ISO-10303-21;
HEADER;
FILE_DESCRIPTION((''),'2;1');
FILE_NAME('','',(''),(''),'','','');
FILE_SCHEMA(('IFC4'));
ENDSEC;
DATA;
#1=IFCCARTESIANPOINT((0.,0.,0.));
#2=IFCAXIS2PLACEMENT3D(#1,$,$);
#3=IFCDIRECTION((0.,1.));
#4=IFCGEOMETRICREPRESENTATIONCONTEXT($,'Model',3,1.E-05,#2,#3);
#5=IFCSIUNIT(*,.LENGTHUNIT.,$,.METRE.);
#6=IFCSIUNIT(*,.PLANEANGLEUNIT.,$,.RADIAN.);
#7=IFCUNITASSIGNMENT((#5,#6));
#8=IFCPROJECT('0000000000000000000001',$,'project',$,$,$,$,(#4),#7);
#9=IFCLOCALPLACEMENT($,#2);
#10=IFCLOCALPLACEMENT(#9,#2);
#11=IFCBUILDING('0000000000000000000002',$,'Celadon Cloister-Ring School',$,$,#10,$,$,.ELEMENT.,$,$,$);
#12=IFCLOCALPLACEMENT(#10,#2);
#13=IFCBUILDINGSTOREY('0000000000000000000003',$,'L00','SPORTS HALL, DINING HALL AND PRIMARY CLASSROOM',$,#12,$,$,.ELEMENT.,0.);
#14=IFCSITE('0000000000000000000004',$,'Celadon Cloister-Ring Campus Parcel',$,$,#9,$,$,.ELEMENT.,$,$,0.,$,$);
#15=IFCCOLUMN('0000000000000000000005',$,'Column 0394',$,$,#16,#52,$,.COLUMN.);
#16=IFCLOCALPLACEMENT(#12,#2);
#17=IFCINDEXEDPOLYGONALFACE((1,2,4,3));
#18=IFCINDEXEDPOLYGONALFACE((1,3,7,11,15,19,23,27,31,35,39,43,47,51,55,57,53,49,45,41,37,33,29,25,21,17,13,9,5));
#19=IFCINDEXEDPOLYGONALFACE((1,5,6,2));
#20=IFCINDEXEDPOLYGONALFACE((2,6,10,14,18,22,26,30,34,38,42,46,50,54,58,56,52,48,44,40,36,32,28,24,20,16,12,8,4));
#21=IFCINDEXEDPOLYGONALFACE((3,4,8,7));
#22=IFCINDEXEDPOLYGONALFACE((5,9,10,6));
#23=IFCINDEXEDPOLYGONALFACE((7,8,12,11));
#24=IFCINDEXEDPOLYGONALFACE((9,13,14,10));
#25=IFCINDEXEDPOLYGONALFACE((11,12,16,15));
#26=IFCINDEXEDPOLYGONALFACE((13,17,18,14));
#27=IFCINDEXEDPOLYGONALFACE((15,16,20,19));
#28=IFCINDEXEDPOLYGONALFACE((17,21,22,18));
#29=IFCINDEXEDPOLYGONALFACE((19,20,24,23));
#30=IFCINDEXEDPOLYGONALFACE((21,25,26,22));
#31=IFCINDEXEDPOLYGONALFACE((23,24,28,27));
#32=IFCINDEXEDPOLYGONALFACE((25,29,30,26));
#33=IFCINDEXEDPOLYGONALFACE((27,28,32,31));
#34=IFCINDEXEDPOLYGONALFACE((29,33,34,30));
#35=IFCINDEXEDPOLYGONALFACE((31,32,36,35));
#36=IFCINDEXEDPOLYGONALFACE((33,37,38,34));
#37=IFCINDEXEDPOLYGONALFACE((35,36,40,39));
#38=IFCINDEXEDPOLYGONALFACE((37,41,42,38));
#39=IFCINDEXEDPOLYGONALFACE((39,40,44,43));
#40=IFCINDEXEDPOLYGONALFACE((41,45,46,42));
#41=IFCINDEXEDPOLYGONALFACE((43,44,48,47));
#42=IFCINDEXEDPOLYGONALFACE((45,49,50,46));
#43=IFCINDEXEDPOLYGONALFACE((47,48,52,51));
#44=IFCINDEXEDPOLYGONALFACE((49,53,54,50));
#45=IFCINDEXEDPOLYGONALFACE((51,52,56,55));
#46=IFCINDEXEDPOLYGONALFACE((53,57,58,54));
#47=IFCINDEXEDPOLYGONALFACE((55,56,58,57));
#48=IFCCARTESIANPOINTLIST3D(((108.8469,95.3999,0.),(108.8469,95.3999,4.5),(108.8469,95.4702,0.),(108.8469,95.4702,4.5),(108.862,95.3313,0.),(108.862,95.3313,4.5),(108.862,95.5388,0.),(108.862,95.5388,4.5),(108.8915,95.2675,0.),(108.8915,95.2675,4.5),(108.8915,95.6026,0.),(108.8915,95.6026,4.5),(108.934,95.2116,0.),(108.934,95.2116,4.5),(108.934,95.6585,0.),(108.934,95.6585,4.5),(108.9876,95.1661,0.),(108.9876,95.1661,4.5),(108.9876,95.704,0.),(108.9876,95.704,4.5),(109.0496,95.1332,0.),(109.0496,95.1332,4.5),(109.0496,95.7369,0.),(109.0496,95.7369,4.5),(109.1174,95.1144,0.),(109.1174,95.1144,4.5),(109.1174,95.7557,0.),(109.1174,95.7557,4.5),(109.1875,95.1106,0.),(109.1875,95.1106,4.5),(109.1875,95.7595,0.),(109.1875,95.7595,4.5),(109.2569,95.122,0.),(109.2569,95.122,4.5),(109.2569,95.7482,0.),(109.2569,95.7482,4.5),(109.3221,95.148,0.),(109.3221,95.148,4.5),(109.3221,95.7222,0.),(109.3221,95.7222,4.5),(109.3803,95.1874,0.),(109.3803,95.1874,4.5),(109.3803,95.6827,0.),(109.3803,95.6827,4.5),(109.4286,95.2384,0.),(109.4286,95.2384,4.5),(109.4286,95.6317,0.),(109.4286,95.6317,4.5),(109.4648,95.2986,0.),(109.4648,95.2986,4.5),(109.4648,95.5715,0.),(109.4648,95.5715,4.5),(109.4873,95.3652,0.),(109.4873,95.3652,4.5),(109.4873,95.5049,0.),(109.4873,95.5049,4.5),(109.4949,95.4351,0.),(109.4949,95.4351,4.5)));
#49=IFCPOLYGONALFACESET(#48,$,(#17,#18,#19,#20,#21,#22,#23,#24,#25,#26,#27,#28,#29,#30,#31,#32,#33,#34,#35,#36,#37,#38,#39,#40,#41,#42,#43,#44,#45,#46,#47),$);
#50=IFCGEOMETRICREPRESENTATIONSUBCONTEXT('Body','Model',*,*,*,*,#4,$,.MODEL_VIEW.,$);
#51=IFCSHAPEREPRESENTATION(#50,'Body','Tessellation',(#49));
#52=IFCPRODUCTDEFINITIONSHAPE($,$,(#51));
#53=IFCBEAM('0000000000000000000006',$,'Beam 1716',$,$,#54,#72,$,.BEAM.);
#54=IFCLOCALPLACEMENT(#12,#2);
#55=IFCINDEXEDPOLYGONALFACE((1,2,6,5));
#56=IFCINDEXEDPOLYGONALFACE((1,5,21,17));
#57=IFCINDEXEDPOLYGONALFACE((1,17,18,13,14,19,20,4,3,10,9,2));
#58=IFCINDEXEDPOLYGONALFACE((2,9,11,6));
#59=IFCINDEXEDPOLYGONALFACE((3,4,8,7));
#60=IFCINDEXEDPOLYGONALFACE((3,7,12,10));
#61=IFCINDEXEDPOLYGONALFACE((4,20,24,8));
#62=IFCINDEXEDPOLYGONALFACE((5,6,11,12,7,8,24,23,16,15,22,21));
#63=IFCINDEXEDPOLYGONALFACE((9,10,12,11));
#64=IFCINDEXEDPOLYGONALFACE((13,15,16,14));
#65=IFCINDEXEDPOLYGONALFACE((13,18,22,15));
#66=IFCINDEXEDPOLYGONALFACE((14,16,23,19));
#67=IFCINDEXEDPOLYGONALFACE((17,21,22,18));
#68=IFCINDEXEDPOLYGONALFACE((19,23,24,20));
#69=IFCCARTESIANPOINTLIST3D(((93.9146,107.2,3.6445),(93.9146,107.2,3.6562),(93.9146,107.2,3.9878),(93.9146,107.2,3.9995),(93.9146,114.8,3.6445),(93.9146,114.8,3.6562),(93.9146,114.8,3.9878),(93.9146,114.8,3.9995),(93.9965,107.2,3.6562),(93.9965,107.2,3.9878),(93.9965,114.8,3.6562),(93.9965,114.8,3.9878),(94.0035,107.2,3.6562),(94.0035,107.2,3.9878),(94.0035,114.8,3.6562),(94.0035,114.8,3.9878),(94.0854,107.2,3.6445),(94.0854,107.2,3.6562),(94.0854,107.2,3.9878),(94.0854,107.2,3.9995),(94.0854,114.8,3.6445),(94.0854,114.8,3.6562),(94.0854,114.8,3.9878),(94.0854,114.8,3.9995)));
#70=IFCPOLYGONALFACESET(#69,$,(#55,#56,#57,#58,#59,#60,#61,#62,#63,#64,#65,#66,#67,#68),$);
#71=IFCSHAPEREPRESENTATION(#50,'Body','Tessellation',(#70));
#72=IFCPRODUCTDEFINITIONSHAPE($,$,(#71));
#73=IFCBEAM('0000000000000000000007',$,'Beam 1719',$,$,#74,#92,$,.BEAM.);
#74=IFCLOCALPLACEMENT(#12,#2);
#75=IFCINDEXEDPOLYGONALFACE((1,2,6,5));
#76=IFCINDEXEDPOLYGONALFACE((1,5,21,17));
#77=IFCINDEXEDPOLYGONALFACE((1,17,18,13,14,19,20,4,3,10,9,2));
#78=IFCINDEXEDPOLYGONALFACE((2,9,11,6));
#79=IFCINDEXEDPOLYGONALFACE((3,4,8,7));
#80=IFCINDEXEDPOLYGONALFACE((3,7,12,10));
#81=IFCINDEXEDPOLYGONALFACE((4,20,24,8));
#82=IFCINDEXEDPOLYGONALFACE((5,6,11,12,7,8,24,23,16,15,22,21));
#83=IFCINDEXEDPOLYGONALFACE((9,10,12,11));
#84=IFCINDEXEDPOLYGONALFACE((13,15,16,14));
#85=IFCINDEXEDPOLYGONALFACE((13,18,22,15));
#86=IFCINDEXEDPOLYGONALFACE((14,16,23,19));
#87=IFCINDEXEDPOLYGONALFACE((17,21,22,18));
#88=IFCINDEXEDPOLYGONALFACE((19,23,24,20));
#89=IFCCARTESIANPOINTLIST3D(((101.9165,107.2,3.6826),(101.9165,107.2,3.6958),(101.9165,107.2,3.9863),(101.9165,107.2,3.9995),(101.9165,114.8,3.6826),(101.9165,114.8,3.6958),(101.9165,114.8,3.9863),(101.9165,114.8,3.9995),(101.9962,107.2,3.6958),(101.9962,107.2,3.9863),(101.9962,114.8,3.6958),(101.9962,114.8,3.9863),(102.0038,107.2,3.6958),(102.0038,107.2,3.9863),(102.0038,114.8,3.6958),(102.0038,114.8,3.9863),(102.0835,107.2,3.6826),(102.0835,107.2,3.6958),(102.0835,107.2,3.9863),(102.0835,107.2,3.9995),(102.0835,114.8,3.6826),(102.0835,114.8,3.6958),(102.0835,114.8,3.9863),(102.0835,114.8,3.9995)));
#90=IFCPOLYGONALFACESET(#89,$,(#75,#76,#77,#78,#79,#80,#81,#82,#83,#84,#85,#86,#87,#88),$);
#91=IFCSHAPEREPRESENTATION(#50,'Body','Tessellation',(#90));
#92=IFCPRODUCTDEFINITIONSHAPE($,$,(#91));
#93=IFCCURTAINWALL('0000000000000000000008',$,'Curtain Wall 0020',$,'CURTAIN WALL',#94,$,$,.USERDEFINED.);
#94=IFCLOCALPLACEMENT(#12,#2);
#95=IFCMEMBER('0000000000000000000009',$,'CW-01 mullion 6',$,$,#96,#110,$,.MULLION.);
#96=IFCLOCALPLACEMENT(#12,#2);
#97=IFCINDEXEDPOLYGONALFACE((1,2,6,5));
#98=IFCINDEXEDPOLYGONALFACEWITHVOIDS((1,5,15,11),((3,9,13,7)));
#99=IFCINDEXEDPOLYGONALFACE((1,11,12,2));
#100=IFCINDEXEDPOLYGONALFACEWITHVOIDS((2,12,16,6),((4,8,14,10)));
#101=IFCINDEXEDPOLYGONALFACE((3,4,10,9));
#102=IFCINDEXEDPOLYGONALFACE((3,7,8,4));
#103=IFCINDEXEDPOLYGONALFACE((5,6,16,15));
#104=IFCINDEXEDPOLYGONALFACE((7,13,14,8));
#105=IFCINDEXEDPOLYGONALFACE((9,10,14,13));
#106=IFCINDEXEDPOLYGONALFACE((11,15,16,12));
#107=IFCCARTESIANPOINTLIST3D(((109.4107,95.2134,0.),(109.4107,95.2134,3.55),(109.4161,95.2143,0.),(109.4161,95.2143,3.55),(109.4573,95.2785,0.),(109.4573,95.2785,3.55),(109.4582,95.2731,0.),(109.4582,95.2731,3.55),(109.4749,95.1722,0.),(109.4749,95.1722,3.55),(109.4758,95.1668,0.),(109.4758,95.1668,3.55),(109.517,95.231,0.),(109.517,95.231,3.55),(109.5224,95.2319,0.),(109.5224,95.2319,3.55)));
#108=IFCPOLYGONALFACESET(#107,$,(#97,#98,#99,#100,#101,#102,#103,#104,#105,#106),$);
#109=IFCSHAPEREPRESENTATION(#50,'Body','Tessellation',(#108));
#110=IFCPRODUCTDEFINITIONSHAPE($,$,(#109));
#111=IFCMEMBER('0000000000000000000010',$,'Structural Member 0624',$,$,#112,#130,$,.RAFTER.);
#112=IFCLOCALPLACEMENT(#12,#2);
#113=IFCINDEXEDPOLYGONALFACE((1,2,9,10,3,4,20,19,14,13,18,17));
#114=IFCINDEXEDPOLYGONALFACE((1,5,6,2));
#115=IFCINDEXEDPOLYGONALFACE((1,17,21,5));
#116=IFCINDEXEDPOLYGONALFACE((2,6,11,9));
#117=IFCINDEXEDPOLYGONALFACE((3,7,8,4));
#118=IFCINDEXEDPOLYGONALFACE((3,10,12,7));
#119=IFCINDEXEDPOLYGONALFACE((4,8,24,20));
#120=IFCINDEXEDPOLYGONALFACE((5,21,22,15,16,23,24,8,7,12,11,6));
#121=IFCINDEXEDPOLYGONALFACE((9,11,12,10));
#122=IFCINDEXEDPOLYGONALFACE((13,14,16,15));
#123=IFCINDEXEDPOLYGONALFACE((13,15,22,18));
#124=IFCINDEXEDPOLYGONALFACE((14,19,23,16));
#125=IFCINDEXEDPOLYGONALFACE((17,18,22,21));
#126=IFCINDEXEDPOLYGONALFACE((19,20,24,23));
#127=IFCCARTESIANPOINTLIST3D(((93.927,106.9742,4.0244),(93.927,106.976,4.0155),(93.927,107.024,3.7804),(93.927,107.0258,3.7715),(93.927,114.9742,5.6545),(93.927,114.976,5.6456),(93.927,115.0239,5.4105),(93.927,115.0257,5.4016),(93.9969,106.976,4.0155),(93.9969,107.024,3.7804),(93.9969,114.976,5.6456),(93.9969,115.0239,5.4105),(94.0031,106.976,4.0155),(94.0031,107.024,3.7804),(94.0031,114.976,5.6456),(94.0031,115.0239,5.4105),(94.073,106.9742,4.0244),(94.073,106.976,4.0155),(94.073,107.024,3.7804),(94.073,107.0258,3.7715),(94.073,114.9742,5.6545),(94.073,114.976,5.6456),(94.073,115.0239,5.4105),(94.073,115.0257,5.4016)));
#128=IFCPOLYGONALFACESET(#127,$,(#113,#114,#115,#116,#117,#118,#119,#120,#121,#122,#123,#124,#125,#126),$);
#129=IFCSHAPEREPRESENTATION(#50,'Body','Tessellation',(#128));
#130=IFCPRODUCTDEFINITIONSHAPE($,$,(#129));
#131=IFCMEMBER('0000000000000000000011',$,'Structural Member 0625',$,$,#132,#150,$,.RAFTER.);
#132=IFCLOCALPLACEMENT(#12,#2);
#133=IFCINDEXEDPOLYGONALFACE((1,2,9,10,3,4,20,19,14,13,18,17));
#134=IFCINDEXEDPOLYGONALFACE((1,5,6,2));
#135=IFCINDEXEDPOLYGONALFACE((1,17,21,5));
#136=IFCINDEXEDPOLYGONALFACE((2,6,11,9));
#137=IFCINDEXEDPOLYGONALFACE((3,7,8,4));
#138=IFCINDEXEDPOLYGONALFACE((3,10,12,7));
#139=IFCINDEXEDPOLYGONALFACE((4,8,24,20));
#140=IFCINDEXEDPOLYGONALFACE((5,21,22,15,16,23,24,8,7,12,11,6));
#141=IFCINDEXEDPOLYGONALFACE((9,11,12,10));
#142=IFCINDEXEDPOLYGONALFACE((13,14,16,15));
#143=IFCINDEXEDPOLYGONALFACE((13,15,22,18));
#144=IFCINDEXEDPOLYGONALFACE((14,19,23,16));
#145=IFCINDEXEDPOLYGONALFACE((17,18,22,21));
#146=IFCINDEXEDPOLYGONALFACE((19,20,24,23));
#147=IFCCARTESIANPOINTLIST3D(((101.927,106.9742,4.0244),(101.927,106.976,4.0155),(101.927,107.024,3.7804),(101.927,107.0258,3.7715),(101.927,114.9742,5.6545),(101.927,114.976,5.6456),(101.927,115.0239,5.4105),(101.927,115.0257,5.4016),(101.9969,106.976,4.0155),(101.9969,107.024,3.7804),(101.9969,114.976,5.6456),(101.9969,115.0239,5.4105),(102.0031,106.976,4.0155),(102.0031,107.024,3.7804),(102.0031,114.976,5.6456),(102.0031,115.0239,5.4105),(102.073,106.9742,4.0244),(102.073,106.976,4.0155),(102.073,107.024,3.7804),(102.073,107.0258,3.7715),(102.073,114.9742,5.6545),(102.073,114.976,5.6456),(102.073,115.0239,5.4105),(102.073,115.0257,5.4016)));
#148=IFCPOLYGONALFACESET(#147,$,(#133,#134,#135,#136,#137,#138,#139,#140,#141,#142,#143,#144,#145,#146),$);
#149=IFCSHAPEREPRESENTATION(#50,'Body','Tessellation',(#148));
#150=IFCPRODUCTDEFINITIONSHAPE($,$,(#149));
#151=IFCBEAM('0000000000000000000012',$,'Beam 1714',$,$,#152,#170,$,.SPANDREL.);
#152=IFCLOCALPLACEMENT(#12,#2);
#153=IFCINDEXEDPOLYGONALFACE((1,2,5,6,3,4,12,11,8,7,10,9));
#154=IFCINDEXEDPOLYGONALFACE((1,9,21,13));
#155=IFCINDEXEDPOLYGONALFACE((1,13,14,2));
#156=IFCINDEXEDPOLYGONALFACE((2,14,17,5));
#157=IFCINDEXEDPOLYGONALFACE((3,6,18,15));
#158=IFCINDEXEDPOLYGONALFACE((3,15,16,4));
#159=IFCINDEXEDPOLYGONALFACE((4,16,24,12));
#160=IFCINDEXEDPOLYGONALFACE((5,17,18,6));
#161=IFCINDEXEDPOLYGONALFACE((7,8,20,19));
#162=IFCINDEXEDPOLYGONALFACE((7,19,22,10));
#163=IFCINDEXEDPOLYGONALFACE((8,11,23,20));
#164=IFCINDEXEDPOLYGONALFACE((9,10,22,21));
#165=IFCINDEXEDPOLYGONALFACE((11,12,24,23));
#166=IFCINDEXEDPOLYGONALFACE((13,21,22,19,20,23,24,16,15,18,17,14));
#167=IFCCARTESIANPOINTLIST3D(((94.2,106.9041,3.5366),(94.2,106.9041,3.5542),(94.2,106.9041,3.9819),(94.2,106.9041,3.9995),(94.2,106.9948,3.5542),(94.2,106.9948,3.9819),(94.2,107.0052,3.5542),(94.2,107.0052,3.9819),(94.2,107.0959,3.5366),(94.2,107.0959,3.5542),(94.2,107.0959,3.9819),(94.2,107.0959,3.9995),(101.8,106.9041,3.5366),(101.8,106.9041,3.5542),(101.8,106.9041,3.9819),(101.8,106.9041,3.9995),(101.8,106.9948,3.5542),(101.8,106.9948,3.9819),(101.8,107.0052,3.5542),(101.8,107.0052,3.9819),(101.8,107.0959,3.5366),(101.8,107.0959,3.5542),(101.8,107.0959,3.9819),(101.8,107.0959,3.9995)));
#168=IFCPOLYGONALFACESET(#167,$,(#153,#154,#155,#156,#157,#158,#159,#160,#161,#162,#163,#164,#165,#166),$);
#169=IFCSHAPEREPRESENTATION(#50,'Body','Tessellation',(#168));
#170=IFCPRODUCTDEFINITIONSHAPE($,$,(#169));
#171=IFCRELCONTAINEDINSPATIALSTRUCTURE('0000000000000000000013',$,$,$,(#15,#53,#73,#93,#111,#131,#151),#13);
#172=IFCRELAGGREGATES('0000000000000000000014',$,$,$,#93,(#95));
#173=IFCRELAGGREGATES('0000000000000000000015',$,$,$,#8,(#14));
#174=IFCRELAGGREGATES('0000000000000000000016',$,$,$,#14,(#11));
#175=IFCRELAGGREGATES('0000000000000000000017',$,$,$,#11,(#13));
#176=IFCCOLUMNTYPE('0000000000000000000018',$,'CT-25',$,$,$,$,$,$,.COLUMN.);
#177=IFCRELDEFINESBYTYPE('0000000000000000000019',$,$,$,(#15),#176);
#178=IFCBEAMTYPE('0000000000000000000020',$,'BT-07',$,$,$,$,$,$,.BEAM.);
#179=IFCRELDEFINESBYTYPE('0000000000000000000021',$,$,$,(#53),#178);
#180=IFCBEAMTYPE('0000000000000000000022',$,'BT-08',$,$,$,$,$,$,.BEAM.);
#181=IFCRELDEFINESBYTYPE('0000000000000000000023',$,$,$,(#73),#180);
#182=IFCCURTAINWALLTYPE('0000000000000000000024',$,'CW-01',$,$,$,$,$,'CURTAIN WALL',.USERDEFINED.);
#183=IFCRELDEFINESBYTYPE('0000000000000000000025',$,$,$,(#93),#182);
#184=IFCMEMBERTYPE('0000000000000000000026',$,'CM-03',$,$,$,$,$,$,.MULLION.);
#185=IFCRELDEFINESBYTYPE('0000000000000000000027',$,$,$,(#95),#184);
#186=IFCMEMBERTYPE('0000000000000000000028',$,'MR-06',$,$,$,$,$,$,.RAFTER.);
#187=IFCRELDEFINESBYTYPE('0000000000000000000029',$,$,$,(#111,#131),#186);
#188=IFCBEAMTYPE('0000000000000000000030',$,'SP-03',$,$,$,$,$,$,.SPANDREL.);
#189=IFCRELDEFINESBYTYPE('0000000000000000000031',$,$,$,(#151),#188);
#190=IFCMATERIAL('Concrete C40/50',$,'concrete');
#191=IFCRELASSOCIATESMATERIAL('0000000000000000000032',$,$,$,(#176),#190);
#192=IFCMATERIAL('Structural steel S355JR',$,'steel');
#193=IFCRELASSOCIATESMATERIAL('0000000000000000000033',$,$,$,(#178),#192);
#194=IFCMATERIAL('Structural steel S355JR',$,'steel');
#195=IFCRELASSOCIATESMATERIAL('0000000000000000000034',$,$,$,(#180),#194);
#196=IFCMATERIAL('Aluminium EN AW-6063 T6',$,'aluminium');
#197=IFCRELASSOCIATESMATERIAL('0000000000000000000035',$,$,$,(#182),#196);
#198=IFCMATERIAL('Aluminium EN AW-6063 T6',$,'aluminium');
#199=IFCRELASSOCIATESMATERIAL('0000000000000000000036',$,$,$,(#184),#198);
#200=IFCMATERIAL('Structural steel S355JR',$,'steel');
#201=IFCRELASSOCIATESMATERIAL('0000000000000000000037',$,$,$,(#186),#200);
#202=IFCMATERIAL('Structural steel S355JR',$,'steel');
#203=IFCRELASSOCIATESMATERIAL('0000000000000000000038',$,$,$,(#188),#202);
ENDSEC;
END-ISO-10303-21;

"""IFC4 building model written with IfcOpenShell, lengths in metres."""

from ifc_helpers import new_model, si_unit, direction, frame, origin, origin_2d, place, context, subcontext, project, spatial, hollow_rectangle, circle, i_section, extrude, material, material_profile, profile_set, type_object, element, aggregate, save


model = new_model("IFC4")

# Units and contexts
model_context = context("Model", 3, precision=1e-05, world=origin(), true_north=direction((0.0, 1.0)))
body_context = subcontext(model_context, "Body", "Model", "MODEL_VIEW")
ifc_project = project(units=[si_unit("LENGTHUNIT", "METRE"), si_unit("PLANEANGLEUNIT", "RADIAN")], contexts=[model_context])

# Site, building, storey
site_placement = place(None, origin())
site = spatial("IfcSite", under=ifc_project, at=site_placement, Name="Celadon Cloister-Ring Campus Parcel", CompositionType="ELEMENT", RefElevation=0.0)
building_placement = place(site_placement, origin())
building = spatial("IfcBuilding", under=site, at=building_placement, Name="Celadon Cloister-Ring School", CompositionType="ELEMENT")
storey_placement = place(building_placement, origin())
storey = spatial("IfcBuildingStorey", under=building, at=storey_placement, Name="L00", Description="SPORTS HALL, DINING HALL AND PRIMARY CLASSROOM", CompositionType="ELEMENT", Elevation=0.0)

# Column
ifc_material_1 = material(Name="Concrete C40/50", Category="concrete")
ifc_material_profile_1 = material_profile(ifc_material_1, circle(Radius=0.325, at=origin_2d()), Name="CIRC650")
ifc_profile_set_1 = profile_set([ifc_material_profile_1], Name="Concrete C40/50")
column_type_1 = type_object("IfcColumnType", Name="CT-25", PredefinedType="COLUMN", material=ifc_profile_set_1)
column_1_placement = place(storey_placement, frame((109.1699, 95.4351, 0.0), z_axis=(0.0, 0.0, 1.0), x_axis=(1.0, 0.0, 0.0)))
element("IfcColumn", 1, at=column_1_placement, inside=storey, type_object=column_type_1, Name="Column 0394", PredefinedType="COLUMN", context=body_context, shape_type="SweptSolid", body=[
    extrude(circle(Radius=0.325, at=origin_2d()), origin(), (0.0, 0.0, 1.0), 4.5),
])

# Beams
ifc_material_2 = material(Name="Structural steel S355JR", Category="steel")
ifc_material_profile_2 = material_profile(ifc_material_2, i_section(OverallWidth=0.1709, OverallDepth=0.355, WebThickness=0.0071, FlangeThickness=0.0117, at=origin_2d()), Name="W360X51")
ifc_profile_set_2 = profile_set([ifc_material_profile_2], Name="Structural steel S355JR")
beam_type_1 = type_object("IfcBeamType", Name="BT-07", PredefinedType="BEAM", material=ifc_profile_set_2)
beam_1_placement = place(storey_placement, frame((94.0, 107.2, 3.822), z_axis=(0.0, 1.0, 0.0), x_axis=(-1.0, 0.0, 0.0)))
element("IfcBeam", 2, at=beam_1_placement, inside=storey, type_object=beam_type_1, Name="Beam 1716", PredefinedType="BEAM", context=body_context, shape_type="SweptSolid", body=[
    extrude(i_section(OverallWidth=0.1709, OverallDepth=0.355, WebThickness=0.0071, FlangeThickness=0.0117, at=origin_2d()), origin(), (0.0, 0.0, 1.0), 7.6001),
])
ifc_material_3 = material(Name="Structural steel S355JR", Category="steel")
ifc_material_profile_3 = material_profile(ifc_material_3, i_section(OverallWidth=0.167, OverallDepth=0.3169, WebThickness=0.0076, FlangeThickness=0.0132, at=origin_2d()), Name="W310X52")
ifc_profile_set_3 = profile_set([ifc_material_profile_3], Name="Structural steel S355JR")
beam_type_2 = type_object("IfcBeamType", Name="BT-08", PredefinedType="BEAM", material=ifc_profile_set_3)
beam_2_placement = place(storey_placement, frame((102.0, 107.2, 3.8411), z_axis=(0.0, 1.0, 0.0), x_axis=(-1.0, 0.0, 0.0)))
element("IfcBeam", 3, at=beam_2_placement, inside=storey, type_object=beam_type_2, Name="Beam 1719", PredefinedType="BEAM", context=body_context, shape_type="SweptSolid", body=[
    extrude(i_section(OverallWidth=0.167, OverallDepth=0.3169, WebThickness=0.0076, FlangeThickness=0.0132, at=origin_2d()), origin(), (0.0, 0.0, 1.0), 7.6001),
])

# Curtain wall, member
ifc_material_4 = material(Name="Aluminium EN AW-6063 T6", Category="aluminium")
curtain_wall_type = type_object("IfcCurtainWallType", Name="CW-01", ElementType="CURTAIN WALL", PredefinedType="USERDEFINED", material=ifc_material_4)
curtain_wall_placement = place(storey_placement, origin())
curtain_wall = element("IfcCurtainWall", 4, at=curtain_wall_placement, inside=storey, type_object=curtain_wall_type, Name="Curtain Wall 0020", ObjectType="CURTAIN WALL", PredefinedType="USERDEFINED")
ifc_material_5 = material(Name="Aluminium EN AW-6063 T6", Category="aluminium")
ifc_material_profile_4 = material_profile(ifc_material_5, hollow_rectangle(XDim=0.0801, YDim=0.0801, WallThickness=0.0039, at=origin_2d()), Name="RHS80X80X4")
ifc_profile_set_4 = profile_set([ifc_material_profile_4], Name="Aluminium EN AW-6063 T6")
member_type_1 = type_object("IfcMemberType", Name="CM-03", PredefinedType="MULLION", material=ifc_profile_set_4)
member_placement = place(storey_placement, frame((109.4666, 95.2227, 0.0), z_axis=(0.0, 0.0, 1.0), x_axis=(-0.581555, -0.813507, 0.0)))
member = element("IfcMember", 5, at=member_placement, type_object=member_type_1, Name="CW-01 mullion 6", PredefinedType="MULLION", context=body_context, shape_type="SweptSolid", body=[
    extrude(hollow_rectangle(XDim=0.0801, YDim=0.0801, WallThickness=0.0039, at=origin_2d()), origin(), (0.0, 0.0, 1.0), 3.55),
])
aggregate(curtain_wall, [member])

# Members
ifc_material_6 = material(Name="Structural steel S355JR", Category="steel")
ifc_material_profile_5 = material_profile(ifc_material_6, i_section(OverallWidth=0.146, OverallDepth=0.2581, WebThickness=0.0061, FlangeThickness=0.009, at=origin_2d()), Name="W250X33")
ifc_profile_set_5 = profile_set([ifc_material_profile_5], Name="Structural steel S355JR")
member_type_2 = type_object("IfcMemberType", Name="MR-06", PredefinedType="RAFTER", material=ifc_profile_set_5)
for number, where, z_axis, x_axis, name in (
    (6, (94.0, 107.0, 3.8979), (0.0, 0.979865, 0.199663), (-1.0, 0.0, 0.0), "Structural Member 0624"),
    (7, (102.0, 107.0, 3.8979), (0.0, 0.979865, 0.199663), (-1.0, 0.0, 0.0), "Structural Member 0625"),
):
    element("IfcMember", number, at=place(storey_placement, frame(where, z_axis=z_axis, x_axis=x_axis)), inside=storey, type_object=member_type_2, Name=name, PredefinedType="RAFTER", context=body_context, shape_type="SweptSolid", body=[
        extrude(i_section(OverallWidth=0.146, OverallDepth=0.2581, WebThickness=0.0061, FlangeThickness=0.009, at=origin_2d()), origin(), (0.0, 0.0, 1.0), 8.1643),
    ])

# Beam
ifc_material_7 = material(Name="Structural steel S355JR", Category="steel")
ifc_material_profile_6 = material_profile(ifc_material_7, i_section(OverallWidth=0.1919, OverallDepth=0.4629, WebThickness=0.0105, FlangeThickness=0.0176, at=origin_2d()), Name="W460X89")
ifc_profile_set_6 = profile_set([ifc_material_profile_6], Name="Structural steel S355JR")
beam_type_3 = type_object("IfcBeamType", Name="SP-03", PredefinedType="SPANDREL", material=ifc_profile_set_6)
beam_3_placement = place(storey_placement, frame((94.2, 107.0, 3.7681), z_axis=(1.0, 0.0, 0.0), x_axis=(0.0, 1.0, 0.0)))
element("IfcBeam", 8, at=beam_3_placement, inside=storey, type_object=beam_type_3, Name="Beam 1714", PredefinedType="SPANDREL", context=body_context, shape_type="SweptSolid", body=[
    extrude(i_section(OverallWidth=0.1919, OverallDepth=0.4629, WebThickness=0.0105, FlangeThickness=0.0176, at=origin_2d()), origin(), (0.0, 0.0, 1.0), 7.6001),
])

save(model, "model.ifc")
